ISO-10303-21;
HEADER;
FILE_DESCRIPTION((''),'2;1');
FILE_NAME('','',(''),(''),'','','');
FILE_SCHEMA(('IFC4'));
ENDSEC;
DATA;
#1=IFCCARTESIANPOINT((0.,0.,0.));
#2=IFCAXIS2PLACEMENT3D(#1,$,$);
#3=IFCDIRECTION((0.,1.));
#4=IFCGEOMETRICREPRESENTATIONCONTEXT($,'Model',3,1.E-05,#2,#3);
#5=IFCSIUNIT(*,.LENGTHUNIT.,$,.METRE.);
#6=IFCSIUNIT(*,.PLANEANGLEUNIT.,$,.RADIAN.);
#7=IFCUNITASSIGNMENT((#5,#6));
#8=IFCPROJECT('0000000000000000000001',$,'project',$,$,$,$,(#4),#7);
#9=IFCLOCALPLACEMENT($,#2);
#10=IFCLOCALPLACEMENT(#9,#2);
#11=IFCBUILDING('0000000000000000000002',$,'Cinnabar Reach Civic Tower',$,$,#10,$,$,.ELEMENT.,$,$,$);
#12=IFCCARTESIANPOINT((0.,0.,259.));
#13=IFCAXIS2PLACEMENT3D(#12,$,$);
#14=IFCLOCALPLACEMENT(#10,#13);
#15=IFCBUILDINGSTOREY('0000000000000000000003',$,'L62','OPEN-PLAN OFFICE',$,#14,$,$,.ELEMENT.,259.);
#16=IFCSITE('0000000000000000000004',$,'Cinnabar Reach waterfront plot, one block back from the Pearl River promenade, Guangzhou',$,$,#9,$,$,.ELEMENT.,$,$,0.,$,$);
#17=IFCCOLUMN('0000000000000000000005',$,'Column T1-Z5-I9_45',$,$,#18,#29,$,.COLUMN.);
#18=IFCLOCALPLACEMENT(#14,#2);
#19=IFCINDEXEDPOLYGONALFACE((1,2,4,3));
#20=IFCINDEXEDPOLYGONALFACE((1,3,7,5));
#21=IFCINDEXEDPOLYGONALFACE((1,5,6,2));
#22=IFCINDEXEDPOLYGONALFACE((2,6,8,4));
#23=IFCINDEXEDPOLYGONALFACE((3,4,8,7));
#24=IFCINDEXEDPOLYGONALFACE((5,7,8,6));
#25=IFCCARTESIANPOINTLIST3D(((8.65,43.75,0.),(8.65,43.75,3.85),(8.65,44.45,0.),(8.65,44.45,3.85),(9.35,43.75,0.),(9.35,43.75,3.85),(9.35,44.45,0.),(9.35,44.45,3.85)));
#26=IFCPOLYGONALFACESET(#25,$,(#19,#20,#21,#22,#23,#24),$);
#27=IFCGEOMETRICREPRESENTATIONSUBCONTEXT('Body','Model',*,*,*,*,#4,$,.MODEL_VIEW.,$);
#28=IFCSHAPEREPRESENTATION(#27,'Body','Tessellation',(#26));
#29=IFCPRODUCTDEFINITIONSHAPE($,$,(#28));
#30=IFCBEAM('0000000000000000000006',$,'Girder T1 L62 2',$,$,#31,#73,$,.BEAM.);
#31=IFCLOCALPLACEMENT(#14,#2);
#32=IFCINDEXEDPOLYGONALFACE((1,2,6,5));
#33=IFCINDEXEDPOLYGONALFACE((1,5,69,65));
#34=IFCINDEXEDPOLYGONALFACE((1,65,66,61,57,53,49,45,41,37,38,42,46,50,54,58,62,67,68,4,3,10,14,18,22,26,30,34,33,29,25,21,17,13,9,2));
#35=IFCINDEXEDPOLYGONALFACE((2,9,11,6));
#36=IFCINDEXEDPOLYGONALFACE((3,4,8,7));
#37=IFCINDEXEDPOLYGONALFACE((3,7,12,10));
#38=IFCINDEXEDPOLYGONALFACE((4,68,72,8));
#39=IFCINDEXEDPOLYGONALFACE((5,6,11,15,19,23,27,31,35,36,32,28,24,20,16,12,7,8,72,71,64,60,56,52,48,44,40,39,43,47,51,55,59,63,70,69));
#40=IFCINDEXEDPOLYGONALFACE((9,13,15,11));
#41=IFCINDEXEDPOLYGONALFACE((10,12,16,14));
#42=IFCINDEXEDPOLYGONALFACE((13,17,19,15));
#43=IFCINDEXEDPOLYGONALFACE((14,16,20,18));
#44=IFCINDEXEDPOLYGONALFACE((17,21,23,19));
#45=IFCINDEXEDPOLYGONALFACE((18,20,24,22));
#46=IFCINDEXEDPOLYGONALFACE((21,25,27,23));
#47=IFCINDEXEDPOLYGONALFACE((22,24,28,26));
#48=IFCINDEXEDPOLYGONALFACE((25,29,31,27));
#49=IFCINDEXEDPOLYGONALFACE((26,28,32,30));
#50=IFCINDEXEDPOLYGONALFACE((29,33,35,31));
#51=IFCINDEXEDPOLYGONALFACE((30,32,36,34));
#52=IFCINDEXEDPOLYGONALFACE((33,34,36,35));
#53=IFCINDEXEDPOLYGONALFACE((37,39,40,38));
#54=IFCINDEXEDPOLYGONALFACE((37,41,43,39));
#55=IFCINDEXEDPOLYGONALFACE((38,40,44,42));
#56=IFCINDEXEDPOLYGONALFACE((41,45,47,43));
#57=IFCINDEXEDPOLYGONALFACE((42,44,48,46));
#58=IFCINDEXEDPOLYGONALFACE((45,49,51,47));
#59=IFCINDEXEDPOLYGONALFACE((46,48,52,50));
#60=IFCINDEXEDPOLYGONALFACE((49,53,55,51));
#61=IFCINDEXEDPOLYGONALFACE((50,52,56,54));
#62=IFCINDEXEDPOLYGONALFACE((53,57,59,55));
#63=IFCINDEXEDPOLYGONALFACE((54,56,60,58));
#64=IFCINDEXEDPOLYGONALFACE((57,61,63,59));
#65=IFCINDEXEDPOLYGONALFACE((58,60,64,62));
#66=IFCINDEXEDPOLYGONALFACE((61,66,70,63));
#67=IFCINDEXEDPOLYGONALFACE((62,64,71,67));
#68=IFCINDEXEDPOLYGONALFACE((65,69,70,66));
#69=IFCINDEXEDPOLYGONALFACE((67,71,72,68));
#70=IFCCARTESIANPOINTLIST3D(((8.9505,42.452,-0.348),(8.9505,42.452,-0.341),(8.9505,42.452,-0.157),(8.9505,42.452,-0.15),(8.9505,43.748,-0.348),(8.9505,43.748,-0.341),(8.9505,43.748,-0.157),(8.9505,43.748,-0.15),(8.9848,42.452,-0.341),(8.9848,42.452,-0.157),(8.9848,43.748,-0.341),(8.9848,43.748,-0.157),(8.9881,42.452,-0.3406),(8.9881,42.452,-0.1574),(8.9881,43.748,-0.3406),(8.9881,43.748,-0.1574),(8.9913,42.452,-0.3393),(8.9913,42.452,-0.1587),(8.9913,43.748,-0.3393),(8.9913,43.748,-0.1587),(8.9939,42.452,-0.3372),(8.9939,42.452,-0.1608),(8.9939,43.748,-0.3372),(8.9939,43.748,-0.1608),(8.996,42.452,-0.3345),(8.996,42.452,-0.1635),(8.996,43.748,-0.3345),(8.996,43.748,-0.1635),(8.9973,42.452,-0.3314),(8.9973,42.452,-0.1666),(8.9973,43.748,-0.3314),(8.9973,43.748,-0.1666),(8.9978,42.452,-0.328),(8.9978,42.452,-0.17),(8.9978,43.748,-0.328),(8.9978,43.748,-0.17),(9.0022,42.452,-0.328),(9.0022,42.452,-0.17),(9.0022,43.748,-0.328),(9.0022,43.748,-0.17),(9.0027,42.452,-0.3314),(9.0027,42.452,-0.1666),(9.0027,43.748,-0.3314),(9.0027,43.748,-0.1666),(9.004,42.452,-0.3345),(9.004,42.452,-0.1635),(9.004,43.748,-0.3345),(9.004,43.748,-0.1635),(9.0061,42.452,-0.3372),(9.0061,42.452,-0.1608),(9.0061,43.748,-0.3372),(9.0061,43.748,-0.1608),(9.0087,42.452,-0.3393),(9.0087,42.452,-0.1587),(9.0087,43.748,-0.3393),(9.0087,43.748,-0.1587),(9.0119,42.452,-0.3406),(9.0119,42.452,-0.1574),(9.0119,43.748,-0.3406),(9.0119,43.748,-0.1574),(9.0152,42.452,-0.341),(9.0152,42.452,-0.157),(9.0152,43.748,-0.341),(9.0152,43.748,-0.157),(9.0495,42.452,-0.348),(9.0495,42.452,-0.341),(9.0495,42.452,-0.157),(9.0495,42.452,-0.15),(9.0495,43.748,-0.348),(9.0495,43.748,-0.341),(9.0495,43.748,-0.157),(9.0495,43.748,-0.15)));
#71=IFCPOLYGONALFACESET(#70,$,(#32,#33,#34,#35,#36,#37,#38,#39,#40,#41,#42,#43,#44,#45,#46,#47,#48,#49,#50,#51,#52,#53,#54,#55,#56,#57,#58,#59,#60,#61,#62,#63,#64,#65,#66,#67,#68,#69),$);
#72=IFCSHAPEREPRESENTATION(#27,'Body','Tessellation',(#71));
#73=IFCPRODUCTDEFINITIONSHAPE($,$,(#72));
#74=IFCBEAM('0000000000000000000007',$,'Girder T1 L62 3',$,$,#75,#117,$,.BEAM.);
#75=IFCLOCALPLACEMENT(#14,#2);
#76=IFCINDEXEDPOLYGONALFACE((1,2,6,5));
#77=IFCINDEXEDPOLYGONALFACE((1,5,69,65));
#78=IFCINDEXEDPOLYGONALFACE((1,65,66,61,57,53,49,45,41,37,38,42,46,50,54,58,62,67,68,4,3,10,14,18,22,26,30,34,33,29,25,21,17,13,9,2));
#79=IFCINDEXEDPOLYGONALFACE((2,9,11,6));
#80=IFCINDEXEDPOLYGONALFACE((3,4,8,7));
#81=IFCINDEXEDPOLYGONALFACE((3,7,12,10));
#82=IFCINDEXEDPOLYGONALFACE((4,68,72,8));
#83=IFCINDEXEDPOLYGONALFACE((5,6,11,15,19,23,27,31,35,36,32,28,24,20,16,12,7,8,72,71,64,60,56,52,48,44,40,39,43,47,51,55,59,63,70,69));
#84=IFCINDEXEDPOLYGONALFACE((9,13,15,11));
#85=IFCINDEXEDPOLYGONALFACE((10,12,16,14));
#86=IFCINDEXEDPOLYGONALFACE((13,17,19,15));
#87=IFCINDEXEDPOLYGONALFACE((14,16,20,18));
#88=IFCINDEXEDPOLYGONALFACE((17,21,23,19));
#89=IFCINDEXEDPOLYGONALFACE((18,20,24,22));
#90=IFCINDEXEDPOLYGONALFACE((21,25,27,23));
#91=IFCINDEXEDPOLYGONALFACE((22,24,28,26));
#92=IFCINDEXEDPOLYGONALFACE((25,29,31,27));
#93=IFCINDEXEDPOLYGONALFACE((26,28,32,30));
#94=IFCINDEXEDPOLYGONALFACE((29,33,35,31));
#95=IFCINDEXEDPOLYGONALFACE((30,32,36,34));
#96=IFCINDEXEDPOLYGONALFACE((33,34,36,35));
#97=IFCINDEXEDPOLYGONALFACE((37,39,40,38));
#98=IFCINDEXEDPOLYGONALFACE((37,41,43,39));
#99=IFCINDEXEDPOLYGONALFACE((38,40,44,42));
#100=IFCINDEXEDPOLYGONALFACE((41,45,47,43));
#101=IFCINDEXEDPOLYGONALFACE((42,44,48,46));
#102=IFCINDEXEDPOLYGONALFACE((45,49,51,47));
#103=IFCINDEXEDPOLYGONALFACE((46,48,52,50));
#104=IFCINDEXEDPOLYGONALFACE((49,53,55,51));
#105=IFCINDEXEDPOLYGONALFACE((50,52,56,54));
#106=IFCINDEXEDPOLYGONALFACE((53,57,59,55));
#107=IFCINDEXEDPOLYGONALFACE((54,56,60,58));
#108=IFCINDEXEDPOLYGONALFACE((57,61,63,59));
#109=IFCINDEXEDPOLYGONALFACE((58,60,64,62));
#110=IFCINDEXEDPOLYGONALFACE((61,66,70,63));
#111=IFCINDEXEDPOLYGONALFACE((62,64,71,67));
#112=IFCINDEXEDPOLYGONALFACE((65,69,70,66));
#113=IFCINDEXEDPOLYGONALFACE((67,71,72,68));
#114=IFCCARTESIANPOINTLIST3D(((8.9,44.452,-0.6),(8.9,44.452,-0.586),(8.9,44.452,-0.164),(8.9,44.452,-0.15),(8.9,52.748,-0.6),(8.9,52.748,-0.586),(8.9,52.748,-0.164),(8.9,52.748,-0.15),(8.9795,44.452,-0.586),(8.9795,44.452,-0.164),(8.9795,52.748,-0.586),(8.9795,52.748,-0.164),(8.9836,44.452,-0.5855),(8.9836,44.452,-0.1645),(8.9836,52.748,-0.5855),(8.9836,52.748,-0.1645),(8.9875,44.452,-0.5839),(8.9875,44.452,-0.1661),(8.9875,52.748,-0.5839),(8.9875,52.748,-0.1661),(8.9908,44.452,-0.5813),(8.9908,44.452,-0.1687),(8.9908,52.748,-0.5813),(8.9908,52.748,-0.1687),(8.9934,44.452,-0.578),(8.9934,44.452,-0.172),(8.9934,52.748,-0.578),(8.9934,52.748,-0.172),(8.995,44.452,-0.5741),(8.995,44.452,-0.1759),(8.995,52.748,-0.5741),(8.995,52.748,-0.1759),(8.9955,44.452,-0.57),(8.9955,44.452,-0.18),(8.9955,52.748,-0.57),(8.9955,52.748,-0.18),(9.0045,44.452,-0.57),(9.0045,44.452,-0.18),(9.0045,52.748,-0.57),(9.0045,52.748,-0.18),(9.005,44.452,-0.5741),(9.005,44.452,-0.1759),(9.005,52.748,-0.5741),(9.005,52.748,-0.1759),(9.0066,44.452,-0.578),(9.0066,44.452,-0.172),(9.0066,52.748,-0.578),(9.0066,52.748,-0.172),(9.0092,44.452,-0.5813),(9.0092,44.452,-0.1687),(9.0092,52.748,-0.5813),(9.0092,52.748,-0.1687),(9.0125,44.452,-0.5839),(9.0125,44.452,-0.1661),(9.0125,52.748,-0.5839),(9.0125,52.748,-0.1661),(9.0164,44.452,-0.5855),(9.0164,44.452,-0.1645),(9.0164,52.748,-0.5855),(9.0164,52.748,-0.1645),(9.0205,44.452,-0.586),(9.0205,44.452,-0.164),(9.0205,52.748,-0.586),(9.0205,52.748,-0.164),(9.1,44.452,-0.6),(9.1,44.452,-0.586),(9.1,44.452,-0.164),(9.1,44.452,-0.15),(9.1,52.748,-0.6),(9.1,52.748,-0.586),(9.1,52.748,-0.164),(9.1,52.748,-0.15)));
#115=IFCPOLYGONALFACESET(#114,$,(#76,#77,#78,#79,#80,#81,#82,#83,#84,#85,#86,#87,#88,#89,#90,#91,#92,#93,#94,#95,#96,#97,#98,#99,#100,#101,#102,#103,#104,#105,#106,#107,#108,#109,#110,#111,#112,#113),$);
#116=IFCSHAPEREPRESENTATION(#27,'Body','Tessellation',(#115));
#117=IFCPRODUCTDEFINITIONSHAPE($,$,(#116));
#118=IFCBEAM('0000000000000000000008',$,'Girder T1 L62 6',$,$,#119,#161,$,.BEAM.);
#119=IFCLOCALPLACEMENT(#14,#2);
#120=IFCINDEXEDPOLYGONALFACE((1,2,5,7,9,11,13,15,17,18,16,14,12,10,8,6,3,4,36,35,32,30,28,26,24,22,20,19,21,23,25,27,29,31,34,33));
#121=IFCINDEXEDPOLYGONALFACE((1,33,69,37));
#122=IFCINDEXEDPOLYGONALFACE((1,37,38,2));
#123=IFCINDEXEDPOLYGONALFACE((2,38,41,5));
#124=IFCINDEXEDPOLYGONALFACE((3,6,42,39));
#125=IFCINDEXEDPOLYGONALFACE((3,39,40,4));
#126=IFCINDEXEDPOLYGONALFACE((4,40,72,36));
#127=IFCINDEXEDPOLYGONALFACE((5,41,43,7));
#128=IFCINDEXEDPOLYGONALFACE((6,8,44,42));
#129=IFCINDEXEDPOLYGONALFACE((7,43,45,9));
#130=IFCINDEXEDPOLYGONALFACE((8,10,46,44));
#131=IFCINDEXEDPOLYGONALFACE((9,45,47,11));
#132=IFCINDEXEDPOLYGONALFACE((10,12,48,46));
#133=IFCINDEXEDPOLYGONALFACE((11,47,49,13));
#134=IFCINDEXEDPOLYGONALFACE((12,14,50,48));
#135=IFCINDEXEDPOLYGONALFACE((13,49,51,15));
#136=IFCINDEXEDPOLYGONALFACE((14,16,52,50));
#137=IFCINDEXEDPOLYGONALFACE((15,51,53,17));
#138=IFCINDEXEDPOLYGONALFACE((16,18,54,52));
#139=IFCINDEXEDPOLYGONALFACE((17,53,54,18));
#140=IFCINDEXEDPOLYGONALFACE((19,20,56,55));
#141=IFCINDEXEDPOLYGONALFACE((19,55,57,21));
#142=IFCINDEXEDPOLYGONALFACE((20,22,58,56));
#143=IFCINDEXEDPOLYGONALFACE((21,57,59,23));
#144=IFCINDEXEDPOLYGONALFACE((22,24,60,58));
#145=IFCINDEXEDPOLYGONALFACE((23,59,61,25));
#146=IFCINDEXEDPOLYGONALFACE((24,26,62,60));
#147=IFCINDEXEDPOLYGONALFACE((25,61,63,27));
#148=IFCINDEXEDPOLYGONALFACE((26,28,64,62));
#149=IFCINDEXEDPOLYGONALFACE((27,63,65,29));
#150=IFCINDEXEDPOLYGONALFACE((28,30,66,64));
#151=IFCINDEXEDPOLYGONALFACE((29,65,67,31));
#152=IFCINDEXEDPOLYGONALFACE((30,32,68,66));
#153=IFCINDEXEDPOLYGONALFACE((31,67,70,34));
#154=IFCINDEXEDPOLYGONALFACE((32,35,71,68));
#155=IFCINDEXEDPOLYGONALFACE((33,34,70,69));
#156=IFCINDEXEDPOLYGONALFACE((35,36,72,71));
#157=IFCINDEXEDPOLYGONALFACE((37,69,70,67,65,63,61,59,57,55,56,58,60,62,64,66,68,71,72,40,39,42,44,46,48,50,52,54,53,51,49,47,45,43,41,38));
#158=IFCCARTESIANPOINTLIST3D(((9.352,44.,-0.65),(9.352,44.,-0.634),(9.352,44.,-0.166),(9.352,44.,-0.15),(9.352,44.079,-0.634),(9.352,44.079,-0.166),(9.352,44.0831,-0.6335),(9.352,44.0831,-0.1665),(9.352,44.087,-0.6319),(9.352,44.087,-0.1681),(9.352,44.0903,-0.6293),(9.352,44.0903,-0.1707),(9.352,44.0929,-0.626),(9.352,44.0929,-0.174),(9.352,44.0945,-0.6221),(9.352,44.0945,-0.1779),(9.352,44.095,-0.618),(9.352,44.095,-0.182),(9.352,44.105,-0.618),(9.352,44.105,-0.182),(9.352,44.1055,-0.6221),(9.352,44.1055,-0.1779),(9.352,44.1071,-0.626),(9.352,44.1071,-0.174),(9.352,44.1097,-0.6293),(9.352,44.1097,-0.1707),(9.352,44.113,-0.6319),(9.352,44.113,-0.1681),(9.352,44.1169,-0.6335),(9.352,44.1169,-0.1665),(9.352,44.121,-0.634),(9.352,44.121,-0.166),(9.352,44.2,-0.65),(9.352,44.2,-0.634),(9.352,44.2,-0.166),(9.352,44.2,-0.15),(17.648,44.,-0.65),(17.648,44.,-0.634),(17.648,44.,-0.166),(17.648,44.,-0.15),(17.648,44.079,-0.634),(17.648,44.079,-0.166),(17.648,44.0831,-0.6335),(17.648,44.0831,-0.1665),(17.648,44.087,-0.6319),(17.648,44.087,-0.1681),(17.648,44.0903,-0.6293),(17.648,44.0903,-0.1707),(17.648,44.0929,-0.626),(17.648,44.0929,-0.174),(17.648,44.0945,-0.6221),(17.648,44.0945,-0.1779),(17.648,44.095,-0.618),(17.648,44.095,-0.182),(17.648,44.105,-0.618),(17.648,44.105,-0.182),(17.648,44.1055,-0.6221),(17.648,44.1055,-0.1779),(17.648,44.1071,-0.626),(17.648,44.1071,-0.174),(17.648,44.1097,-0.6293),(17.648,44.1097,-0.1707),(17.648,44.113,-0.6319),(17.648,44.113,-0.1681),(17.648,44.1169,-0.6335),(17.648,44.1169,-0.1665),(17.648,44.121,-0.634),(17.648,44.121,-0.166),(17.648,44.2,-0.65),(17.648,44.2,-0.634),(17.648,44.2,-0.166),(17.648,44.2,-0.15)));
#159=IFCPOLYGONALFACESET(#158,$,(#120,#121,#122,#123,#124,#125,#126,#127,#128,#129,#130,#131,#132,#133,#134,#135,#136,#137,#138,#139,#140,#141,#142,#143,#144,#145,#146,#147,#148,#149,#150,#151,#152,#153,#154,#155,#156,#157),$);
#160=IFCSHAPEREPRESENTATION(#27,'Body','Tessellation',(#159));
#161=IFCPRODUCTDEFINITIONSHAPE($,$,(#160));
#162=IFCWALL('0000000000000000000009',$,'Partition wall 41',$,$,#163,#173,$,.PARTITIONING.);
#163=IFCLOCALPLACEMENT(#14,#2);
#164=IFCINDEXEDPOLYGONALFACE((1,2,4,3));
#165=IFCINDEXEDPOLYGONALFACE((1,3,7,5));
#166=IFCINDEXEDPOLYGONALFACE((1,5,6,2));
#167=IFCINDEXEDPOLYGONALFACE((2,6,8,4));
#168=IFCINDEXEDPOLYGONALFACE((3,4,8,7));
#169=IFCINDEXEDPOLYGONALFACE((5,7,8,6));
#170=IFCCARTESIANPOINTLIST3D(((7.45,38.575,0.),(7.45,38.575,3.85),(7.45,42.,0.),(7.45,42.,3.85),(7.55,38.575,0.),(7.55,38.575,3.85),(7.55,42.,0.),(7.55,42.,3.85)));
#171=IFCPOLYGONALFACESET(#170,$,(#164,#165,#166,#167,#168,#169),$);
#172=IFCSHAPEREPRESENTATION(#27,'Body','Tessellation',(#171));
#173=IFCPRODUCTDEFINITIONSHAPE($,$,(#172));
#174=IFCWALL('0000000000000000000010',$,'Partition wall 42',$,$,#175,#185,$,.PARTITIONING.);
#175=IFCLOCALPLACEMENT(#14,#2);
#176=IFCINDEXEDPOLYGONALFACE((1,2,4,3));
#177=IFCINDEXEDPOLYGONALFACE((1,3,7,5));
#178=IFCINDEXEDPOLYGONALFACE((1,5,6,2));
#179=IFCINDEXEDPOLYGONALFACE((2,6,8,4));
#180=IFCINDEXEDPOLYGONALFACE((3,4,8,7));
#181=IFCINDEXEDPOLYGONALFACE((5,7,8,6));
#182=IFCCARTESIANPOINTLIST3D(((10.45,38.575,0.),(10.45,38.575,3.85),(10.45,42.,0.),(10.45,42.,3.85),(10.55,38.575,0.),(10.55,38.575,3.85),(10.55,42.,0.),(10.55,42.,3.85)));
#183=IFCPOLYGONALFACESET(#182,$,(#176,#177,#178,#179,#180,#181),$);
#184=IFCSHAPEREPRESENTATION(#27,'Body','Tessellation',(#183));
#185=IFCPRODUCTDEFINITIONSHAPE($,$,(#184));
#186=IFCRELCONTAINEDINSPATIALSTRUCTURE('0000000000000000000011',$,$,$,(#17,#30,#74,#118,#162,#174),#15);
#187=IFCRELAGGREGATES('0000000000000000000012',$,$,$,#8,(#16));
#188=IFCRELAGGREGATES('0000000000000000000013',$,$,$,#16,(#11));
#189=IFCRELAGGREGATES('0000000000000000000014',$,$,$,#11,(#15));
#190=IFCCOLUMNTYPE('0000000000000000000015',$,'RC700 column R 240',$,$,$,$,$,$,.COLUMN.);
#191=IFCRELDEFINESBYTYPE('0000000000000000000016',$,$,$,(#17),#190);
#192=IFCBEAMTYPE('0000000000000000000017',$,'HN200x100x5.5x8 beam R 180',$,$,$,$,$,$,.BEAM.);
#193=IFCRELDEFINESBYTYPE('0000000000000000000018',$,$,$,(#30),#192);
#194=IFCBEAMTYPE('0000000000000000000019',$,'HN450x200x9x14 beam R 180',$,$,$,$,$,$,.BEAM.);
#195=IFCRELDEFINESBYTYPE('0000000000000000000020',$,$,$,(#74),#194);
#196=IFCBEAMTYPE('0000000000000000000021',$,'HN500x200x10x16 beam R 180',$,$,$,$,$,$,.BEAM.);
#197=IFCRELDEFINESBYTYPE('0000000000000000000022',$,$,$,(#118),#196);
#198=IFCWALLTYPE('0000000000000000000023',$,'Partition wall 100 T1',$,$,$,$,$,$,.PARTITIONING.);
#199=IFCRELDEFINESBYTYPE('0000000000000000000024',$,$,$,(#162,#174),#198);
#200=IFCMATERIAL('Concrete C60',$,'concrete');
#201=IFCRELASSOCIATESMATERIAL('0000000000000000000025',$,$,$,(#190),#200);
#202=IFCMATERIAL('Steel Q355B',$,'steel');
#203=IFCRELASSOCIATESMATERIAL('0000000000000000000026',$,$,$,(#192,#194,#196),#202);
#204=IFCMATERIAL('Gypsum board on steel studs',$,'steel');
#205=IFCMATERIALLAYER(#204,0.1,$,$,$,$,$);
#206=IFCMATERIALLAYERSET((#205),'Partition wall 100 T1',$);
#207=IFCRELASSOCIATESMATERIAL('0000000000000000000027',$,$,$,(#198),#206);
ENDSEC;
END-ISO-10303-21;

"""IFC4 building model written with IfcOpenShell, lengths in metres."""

from ifc_helpers import new_model, si_unit, direction, frame, frame_2d, origin, origin_2d, place, context, subcontext, project, spatial, rectangle, i_section, extrude, material, layer, layer_set, material_profile, profile_set, type_object, element, save


model = new_model("IFC4")

# Units and contexts
model_context = context("Model", 3, precision=1e-05, world=origin(), true_north=direction((0.0, 1.0)))
body_context = subcontext(model_context, "Body", "Model", "MODEL_VIEW")
ifc_project = project(units=[si_unit("LENGTHUNIT", "METRE"), si_unit("PLANEANGLEUNIT", "RADIAN")], contexts=[model_context])

# Site, building, storey
site_placement = place(None, origin())
site = spatial("IfcSite", under=ifc_project, at=site_placement, Name="Cinnabar Reach waterfront plot, one block back from the Pearl River promenade, Guangzhou", CompositionType="ELEMENT", RefElevation=0.0)
building_placement = place(site_placement, origin())
building = spatial("IfcBuilding", under=site, at=building_placement, Name="Cinnabar Reach Civic Tower", CompositionType="ELEMENT")
storey_placement = place(building_placement, frame((0.0, 0.0, 259.0)))
storey = spatial("IfcBuildingStorey", under=building, at=storey_placement, Name="L62", Description="OPEN-PLAN OFFICE", CompositionType="ELEMENT", Elevation=259.0)

# Column
ifc_material_1 = material(Name="Concrete C60", Category="concrete")
ifc_material_profile_1 = material_profile(ifc_material_1, rectangle(XDim=0.7, YDim=0.7, at=origin_2d()), Name="RC700")
ifc_profile_set_1 = profile_set([ifc_material_profile_1], Name="Concrete C60")
column_type = type_object("IfcColumnType", Name="RC700 column R 240", PredefinedType="COLUMN", material=ifc_profile_set_1)
column_placement = place(storey_placement, frame((9.0, 44.1, 0.0), z_axis=(0.0, 0.0, 1.0), x_axis=(1.0, 0.0, 0.0)))
element("IfcColumn", 1, at=column_placement, inside=storey, type_object=column_type, Name="Column T1-Z5-I9_45", PredefinedType="COLUMN", context=body_context, shape_type="SweptSolid", body=[
    extrude(rectangle(XDim=0.7, YDim=0.7, at=origin_2d()), origin(), (0.0, 0.0, 1.0), 3.85),
])

# Beams
ifc_material_2 = material(Name="Steel Q355B", Category="steel")
ifc_material_profile_2 = material_profile(ifc_material_2, i_section(OverallWidth=0.099, OverallDepth=0.198, WebThickness=0.0045, FlangeThickness=0.007, FilletRadius=0.013, at=origin_2d()), Name="HN200x100x5.5x8")
ifc_profile_set_2 = profile_set([ifc_material_profile_2], Name="Steel Q355B")
beam_type_1 = type_object("IfcBeamType", Name="HN200x100x5.5x8 beam R 180", PredefinedType="BEAM", material=ifc_profile_set_2)
beam_1_placement = place(storey_placement, frame((9.0, 42.452, -0.249), z_axis=(0.0, 1.0, 0.0), x_axis=(-1.0, 0.0, 0.0)))
element("IfcBeam", 2, at=beam_1_placement, inside=storey, type_object=beam_type_1, Name="Girder T1 L62 2", PredefinedType="BEAM", context=body_context, shape_type="SweptSolid", body=[
    extrude(i_section(OverallWidth=0.099, OverallDepth=0.198, WebThickness=0.0045, FlangeThickness=0.007, FilletRadius=0.013, at=origin_2d()), origin(), (0.0, 0.0, 1.0), 1.296),
])
ifc_material_profile_3 = material_profile(ifc_material_2, i_section(OverallWidth=0.2, OverallDepth=0.45, WebThickness=0.009, FlangeThickness=0.014, FilletRadius=0.016, at=origin_2d()), Name="HN450x200x9x14")
ifc_profile_set_3 = profile_set([ifc_material_profile_3], Name="Steel Q355B")
beam_type_2 = type_object("IfcBeamType", Name="HN450x200x9x14 beam R 180", PredefinedType="BEAM", material=ifc_profile_set_3)
beam_2_placement = place(storey_placement, frame((9.0, 44.452, -0.375), z_axis=(0.0, 1.0, 0.0), x_axis=(-1.0, 0.0, 0.0)))
element("IfcBeam", 3, at=beam_2_placement, inside=storey, type_object=beam_type_2, Name="Girder T1 L62 3", PredefinedType="BEAM", context=body_context, shape_type="SweptSolid", body=[
    extrude(i_section(OverallWidth=0.2, OverallDepth=0.45, WebThickness=0.009, FlangeThickness=0.014, FilletRadius=0.016, at=origin_2d()), origin(), (0.0, 0.0, 1.0), 8.296),
])
ifc_material_profile_4 = material_profile(ifc_material_2, i_section(OverallWidth=0.2, OverallDepth=0.5, WebThickness=0.01, FlangeThickness=0.016, FilletRadius=0.016, at=origin_2d()), Name="HN500x200x10x16")
ifc_profile_set_4 = profile_set([ifc_material_profile_4], Name="Steel Q355B")
beam_type_3 = type_object("IfcBeamType", Name="HN500x200x10x16 beam R 180", PredefinedType="BEAM", material=ifc_profile_set_4)
beam_3_placement = place(storey_placement, frame((9.352, 44.1, -0.4), z_axis=(1.0, 0.0, 0.0), x_axis=(0.0, 1.0, 0.0)))
element("IfcBeam", 4, at=beam_3_placement, inside=storey, type_object=beam_type_3, Name="Girder T1 L62 6", PredefinedType="BEAM", context=body_context, shape_type="SweptSolid", body=[
    extrude(i_section(OverallWidth=0.2, OverallDepth=0.5, WebThickness=0.01, FlangeThickness=0.016, FilletRadius=0.016, at=origin_2d()), origin(), (0.0, 0.0, 1.0), 8.296),
])

# Walls
ifc_material_3 = material(Name="Gypsum board on steel studs", Category="steel")
ifc_layer_1 = layer(ifc_material_3, 0.1)
ifc_layer_set_1 = layer_set([ifc_layer_1], Name="Partition wall 100 T1")
wall_type_1 = type_object("IfcWallType", Name="Partition wall 100 T1", PredefinedType="PARTITIONING", material=ifc_layer_set_1)
for number, where, z_axis, x_axis, name in (
    (5, (7.5, 38.575, 0.0), (0.0, 0.0, 1.0), (0.0, 1.0, 0.0), "Partition wall 41"),
    (6, (10.5, 38.575, 0.0), (0.0, 0.0, 1.0), (0.0, 1.0, 0.0), "Partition wall 42"),
):
    element("IfcWall", number, at=place(storey_placement, frame(where, z_axis=z_axis, x_axis=x_axis)), inside=storey, type_object=wall_type_1, Name=name, PredefinedType="PARTITIONING", context=body_context, shape_type="SweptSolid", body=[
        extrude(rectangle(XDim=3.425, YDim=0.1, at=frame_2d((1.7125, 0.0))), origin(), (0.0, 0.0, 1.0), 3.85),
    ])

save(model, "model.ifc")
